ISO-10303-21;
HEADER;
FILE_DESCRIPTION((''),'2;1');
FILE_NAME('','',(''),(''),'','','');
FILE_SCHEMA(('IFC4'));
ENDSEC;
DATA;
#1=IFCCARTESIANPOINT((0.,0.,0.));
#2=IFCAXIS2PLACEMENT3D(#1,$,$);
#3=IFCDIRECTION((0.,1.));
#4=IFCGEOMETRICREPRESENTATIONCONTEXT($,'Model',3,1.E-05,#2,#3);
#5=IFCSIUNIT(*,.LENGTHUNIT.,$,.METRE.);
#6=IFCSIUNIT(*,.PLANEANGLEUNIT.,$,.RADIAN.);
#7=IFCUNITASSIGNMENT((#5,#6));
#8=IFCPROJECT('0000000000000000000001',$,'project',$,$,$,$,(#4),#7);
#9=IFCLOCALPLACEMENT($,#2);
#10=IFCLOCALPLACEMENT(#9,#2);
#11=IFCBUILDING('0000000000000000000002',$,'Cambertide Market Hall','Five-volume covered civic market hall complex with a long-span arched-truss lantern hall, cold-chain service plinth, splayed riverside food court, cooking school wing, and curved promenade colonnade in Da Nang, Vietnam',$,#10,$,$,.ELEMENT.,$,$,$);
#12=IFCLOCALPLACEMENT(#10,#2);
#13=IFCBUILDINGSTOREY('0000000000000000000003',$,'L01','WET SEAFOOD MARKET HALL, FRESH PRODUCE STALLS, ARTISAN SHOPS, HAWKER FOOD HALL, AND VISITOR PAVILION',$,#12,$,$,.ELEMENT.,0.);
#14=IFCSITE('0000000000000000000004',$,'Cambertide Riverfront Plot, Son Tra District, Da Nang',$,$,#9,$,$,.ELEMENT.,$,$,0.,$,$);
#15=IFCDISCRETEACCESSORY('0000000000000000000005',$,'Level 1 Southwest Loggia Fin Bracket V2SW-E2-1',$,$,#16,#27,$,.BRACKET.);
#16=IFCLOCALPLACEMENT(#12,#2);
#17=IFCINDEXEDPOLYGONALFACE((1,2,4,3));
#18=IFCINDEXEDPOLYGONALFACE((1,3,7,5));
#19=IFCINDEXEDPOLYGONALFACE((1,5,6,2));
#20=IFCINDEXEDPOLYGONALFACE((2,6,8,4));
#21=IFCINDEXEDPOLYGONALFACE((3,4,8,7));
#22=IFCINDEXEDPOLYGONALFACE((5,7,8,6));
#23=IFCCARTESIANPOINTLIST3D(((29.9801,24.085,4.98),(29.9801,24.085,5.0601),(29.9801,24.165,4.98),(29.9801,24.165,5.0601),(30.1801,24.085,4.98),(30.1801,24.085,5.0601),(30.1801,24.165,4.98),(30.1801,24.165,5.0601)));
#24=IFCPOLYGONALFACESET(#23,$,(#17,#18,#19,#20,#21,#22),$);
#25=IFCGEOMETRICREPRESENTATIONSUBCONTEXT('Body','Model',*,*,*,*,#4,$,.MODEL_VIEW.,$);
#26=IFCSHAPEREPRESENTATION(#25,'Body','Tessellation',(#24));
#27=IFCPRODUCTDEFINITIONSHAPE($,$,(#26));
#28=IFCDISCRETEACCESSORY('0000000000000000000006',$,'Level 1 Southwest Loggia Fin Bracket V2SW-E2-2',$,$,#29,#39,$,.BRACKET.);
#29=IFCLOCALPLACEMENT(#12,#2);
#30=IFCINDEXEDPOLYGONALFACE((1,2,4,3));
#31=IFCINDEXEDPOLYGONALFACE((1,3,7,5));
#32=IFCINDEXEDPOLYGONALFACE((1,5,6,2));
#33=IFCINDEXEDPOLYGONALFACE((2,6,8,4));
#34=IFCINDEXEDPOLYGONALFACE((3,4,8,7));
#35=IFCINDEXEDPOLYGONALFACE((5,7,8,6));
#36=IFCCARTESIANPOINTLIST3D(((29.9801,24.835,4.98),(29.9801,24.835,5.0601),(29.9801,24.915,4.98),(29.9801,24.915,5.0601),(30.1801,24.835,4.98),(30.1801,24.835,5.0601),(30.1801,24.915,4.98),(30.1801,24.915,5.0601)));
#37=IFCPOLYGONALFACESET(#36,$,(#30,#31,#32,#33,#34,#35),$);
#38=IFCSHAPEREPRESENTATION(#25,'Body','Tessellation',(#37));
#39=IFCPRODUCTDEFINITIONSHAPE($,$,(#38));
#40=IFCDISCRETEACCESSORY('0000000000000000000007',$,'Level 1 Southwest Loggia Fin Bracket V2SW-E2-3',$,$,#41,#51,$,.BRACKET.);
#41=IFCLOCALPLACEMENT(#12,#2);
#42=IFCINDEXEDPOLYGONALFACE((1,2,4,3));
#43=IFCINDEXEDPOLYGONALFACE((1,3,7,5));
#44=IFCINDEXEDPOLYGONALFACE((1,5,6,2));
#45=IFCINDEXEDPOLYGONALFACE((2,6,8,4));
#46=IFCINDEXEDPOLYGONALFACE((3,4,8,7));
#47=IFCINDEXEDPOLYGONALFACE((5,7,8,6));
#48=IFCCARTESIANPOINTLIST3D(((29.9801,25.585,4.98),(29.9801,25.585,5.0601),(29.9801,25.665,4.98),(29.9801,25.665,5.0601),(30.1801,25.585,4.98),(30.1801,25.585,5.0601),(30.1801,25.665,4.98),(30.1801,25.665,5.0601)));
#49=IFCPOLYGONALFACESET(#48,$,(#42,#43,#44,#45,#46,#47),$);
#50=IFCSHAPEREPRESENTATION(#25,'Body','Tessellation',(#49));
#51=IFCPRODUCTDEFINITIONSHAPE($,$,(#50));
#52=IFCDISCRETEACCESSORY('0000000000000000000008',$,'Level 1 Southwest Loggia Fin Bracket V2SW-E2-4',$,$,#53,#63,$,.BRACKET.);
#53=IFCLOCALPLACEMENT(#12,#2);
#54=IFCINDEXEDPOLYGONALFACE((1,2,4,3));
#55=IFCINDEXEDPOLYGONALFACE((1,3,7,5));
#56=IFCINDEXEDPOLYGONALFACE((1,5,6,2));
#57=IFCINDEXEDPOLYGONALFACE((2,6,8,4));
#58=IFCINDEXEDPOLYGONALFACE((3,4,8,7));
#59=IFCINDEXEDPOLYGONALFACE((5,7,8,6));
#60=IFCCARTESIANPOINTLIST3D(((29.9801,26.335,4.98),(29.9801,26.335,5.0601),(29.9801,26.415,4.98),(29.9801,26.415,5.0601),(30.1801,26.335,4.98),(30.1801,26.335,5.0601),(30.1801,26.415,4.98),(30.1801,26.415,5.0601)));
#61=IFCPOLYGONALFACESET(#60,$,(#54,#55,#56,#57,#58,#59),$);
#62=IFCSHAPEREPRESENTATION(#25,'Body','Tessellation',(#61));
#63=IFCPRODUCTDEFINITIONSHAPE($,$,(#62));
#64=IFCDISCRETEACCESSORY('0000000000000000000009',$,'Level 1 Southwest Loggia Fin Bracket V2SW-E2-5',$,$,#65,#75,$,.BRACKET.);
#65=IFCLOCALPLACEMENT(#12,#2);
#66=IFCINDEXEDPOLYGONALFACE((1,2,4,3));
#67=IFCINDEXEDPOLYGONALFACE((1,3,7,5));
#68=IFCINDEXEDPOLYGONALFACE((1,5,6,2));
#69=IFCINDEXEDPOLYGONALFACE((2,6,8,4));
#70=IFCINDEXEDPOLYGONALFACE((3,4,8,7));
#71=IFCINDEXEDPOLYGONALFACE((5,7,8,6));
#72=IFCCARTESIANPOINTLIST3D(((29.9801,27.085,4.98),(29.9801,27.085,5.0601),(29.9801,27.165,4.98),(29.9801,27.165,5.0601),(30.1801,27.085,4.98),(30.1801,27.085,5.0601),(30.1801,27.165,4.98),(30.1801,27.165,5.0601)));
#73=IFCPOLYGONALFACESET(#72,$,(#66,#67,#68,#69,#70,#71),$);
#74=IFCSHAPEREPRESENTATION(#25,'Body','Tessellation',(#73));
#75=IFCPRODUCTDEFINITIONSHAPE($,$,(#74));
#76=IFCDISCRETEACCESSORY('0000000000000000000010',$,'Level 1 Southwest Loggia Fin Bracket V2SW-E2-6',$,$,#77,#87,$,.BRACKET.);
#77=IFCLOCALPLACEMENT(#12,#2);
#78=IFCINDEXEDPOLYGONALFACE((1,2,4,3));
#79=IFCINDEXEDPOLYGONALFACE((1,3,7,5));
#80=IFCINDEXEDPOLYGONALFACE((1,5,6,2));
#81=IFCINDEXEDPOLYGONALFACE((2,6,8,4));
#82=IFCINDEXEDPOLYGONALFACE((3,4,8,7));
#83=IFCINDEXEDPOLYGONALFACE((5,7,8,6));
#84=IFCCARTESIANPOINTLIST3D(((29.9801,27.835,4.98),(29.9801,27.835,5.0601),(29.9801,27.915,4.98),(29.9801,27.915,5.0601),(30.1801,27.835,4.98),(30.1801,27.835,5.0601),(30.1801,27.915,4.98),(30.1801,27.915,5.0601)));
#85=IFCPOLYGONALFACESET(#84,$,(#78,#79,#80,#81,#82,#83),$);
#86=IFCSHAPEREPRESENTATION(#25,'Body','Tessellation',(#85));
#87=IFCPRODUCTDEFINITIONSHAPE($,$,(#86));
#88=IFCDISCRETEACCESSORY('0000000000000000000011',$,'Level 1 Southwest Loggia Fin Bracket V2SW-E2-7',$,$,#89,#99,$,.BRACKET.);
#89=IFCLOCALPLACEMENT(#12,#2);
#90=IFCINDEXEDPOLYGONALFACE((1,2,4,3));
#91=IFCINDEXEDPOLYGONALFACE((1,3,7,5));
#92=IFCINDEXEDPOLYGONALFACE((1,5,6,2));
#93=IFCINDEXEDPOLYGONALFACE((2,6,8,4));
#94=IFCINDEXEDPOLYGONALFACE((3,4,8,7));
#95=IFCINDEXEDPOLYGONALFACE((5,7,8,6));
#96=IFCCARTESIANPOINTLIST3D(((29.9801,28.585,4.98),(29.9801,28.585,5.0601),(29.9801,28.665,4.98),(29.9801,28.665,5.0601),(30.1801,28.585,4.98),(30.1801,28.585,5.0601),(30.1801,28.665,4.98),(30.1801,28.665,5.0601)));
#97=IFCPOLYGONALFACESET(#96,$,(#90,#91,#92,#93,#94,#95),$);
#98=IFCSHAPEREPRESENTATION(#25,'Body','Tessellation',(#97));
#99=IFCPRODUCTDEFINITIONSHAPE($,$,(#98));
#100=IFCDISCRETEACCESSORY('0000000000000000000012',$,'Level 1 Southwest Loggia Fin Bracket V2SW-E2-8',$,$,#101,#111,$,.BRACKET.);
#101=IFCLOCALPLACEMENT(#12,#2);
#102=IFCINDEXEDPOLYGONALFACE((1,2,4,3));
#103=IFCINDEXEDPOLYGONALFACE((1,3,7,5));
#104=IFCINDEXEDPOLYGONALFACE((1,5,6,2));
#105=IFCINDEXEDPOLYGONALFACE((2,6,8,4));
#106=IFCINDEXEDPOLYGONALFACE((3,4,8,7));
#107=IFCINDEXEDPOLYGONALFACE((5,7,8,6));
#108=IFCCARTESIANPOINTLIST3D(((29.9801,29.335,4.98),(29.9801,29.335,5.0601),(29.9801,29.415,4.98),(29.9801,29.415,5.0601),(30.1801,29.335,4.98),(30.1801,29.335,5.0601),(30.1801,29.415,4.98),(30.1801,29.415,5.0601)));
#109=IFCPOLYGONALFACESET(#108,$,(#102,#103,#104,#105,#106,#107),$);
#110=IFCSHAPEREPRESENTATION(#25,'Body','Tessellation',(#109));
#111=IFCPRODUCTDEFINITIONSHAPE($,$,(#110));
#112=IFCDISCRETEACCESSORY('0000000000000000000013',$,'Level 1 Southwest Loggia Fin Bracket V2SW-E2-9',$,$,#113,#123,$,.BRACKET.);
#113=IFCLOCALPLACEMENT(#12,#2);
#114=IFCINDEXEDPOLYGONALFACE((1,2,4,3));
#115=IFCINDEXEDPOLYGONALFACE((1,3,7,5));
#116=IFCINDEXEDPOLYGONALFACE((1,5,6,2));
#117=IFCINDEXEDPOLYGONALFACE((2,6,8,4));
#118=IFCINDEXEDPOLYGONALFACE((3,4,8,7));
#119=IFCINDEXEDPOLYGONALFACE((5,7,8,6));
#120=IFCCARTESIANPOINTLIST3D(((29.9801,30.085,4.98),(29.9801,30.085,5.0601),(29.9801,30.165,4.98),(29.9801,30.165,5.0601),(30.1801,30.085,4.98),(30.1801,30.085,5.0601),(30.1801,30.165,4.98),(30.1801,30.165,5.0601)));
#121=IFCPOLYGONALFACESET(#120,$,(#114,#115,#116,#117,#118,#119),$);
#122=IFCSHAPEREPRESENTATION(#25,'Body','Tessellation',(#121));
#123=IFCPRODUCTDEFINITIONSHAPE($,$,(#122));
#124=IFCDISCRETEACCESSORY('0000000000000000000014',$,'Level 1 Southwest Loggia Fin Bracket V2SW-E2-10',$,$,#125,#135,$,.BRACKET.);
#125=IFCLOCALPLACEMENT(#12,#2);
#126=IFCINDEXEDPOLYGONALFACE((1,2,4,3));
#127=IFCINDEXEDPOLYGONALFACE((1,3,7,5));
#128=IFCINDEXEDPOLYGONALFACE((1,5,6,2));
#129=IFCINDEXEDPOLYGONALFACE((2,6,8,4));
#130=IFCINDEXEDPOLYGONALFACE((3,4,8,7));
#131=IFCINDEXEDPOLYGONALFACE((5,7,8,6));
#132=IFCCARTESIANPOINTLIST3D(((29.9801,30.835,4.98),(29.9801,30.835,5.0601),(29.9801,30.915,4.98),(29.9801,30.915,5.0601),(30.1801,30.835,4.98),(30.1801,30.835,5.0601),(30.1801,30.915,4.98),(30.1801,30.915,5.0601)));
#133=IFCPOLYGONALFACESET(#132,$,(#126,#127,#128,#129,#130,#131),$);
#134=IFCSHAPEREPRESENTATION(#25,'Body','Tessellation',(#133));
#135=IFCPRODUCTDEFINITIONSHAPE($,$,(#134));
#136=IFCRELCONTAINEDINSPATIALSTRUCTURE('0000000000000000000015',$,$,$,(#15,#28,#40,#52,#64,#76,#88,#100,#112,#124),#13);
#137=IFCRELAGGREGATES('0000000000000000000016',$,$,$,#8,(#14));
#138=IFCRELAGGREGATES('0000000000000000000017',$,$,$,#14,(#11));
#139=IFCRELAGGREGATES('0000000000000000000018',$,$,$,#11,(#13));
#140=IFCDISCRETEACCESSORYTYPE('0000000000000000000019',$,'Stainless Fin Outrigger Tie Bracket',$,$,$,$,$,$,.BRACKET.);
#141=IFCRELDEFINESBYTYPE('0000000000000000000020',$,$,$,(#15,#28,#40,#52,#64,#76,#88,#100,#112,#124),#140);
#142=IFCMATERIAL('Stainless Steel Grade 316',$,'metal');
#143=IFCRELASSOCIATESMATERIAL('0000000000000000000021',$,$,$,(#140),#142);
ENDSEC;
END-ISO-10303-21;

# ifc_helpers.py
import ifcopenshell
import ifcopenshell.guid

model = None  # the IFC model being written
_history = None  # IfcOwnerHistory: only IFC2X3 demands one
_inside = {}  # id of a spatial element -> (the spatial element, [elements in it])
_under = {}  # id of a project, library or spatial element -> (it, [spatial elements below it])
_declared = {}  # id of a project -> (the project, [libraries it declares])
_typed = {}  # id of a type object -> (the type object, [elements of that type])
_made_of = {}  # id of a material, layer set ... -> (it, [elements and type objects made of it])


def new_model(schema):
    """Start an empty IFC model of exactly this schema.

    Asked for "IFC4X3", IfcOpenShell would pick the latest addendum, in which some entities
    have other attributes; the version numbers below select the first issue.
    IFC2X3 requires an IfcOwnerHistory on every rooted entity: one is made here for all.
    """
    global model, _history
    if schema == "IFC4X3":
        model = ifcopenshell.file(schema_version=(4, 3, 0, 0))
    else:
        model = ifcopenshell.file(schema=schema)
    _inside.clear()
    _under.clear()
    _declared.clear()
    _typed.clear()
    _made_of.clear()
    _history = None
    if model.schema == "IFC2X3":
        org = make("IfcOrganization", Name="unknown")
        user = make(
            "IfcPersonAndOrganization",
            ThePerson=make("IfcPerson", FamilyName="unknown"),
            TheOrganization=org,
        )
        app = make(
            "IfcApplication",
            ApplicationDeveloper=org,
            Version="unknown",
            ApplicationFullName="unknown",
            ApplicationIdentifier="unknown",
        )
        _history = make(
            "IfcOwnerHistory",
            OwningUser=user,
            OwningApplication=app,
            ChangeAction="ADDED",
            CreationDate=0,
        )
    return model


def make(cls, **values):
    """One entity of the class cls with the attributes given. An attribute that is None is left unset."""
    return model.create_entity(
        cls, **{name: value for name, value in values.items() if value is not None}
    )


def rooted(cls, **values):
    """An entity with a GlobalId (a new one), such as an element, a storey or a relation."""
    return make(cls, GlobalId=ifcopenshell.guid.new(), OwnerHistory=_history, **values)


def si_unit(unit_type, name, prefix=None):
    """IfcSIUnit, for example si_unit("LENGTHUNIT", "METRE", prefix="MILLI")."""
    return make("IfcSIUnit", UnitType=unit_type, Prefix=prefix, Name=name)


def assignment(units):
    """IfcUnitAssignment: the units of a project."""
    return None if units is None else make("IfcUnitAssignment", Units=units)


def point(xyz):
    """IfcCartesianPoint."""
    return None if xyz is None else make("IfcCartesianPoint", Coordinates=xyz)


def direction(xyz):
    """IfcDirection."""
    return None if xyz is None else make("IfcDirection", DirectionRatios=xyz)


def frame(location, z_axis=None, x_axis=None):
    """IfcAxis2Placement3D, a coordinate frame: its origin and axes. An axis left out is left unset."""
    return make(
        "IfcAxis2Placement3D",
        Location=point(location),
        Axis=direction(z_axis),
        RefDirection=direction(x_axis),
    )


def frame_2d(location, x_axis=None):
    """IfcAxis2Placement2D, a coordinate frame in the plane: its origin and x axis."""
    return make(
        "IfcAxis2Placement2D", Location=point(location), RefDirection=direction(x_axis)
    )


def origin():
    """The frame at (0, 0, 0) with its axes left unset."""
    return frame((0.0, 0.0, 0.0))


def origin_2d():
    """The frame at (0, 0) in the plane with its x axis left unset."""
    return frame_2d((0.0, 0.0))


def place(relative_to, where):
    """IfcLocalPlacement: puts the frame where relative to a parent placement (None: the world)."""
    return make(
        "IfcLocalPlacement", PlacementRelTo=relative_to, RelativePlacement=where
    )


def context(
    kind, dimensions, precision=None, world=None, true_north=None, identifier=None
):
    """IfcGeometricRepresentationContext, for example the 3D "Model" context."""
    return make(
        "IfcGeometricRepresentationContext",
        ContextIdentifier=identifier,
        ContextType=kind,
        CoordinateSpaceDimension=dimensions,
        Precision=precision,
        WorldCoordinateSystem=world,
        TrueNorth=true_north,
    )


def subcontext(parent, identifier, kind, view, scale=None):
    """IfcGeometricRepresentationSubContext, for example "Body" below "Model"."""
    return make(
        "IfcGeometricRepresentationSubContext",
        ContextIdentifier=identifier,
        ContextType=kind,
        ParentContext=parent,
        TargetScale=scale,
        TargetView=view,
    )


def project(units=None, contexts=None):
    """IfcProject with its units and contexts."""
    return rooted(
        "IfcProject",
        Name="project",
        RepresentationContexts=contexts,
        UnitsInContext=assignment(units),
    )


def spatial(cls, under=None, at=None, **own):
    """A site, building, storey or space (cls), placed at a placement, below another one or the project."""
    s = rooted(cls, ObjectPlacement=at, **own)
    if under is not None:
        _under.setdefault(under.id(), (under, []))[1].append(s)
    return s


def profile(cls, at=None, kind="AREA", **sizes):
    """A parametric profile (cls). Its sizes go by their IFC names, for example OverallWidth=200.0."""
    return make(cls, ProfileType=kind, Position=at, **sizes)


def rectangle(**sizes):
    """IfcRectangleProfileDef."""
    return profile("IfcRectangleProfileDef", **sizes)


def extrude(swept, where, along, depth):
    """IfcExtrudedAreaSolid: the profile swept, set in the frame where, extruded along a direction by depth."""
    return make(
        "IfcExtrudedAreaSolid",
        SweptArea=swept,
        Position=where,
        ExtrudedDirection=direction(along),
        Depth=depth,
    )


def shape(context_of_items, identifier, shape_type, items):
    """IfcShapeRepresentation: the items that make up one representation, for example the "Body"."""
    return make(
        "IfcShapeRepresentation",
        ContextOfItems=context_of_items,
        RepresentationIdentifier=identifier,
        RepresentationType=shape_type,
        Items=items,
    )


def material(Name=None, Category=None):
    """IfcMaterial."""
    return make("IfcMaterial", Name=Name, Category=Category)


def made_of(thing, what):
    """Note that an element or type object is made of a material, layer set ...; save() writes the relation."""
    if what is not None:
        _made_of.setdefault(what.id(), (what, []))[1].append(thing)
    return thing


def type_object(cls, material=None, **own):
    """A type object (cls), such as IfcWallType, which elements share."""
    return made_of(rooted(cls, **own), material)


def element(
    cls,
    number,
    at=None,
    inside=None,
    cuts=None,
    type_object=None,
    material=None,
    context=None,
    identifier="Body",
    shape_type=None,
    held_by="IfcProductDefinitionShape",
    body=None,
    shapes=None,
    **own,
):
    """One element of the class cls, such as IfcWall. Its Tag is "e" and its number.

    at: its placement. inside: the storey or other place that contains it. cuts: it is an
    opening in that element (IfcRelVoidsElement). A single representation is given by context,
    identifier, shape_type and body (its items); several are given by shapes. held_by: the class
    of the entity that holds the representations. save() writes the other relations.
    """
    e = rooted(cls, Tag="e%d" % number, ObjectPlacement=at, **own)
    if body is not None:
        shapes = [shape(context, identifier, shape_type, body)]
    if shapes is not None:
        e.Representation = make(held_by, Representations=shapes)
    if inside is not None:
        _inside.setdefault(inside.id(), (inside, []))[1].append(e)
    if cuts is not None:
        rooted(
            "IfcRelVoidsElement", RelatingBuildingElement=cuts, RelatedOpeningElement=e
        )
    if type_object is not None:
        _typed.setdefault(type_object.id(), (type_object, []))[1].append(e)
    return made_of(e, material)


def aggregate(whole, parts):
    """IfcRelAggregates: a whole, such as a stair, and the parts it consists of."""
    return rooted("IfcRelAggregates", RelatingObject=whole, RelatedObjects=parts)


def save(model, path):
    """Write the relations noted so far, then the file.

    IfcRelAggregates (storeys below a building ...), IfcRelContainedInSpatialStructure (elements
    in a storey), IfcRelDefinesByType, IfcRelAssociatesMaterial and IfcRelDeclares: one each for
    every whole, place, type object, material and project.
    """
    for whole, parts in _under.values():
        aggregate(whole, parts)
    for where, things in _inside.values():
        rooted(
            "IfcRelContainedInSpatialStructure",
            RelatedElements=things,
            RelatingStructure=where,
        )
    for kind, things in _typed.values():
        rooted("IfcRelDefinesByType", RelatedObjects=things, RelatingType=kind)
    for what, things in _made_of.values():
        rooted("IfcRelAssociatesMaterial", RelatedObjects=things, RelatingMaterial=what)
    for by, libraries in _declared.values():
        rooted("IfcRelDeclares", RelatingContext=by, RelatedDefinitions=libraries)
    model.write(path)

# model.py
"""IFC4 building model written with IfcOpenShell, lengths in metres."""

from ifc_helpers import new_model, si_unit, direction, frame, origin, origin_2d, place, context, subcontext, project, spatial, rectangle, extrude, material, type_object, element, save


model = new_model("IFC4")

# Units and contexts
model_context = context("Model", 3, precision=1e-05, world=origin(), true_north=direction((0.0, 1.0)))
body_context = subcontext(model_context, "Body", "Model", "MODEL_VIEW")
ifc_project = project(units=[si_unit("LENGTHUNIT", "METRE"), si_unit("PLANEANGLEUNIT", "RADIAN")], contexts=[model_context])

# Site, building, storey
site_placement = place(None, origin())
site = spatial("IfcSite", under=ifc_project, at=site_placement, Name="Cambertide Riverfront Plot, Son Tra District, Da Nang", CompositionType="ELEMENT", RefElevation=0.0)
building_placement = place(site_placement, origin())
building = spatial("IfcBuilding", under=site, at=building_placement, Name="Cambertide Market Hall", Description="Five-volume covered civic market hall complex with a long-span arched-truss lantern hall, cold-chain service plinth, splayed riverside food court, cooking school wing, and curved promenade colonnade in Da Nang, Vietnam", CompositionType="ELEMENT")
storey_placement = place(building_placement, origin())
storey = spatial("IfcBuildingStorey", under=building, at=storey_placement, Name="L01", Description="WET SEAFOOD MARKET HALL, FRESH PRODUCE STALLS, ARTISAN SHOPS, HAWKER FOOD HALL, AND VISITOR PAVILION", CompositionType="ELEMENT", Elevation=0.0)

# Discrete accessories
ifc_material_1 = material(Name="Stainless Steel Grade 316", Category="metal")
discrete_accessory_type = type_object("IfcDiscreteAccessoryType", Name="Stainless Fin Outrigger Tie Bracket", PredefinedType="BRACKET", material=ifc_material_1)
for number, where, z_axis, x_axis, name in (
    (1, (30.0801, 24.125, 4.98), (0.0, 0.0, 1.0), (0.0, -1.0, 0.0), "Level 1 Southwest Loggia Fin Bracket V2SW-E2-1"),
    (2, (30.0801, 24.875, 4.98), (0.0, 0.0, 1.0), (0.0, -1.0, 0.0), "Level 1 Southwest Loggia Fin Bracket V2SW-E2-2"),
    (3, (30.0801, 25.625, 4.98), (0.0, 0.0, 1.0), (0.0, -1.0, 0.0), "Level 1 Southwest Loggia Fin Bracket V2SW-E2-3"),
    (4, (30.0801, 26.375, 4.98), (0.0, 0.0, 1.0), (0.0, -1.0, 0.0), "Level 1 Southwest Loggia Fin Bracket V2SW-E2-4"),
    (5, (30.0801, 27.125, 4.98), (0.0, 0.0, 1.0), (0.0, -1.0, 0.0), "Level 1 Southwest Loggia Fin Bracket V2SW-E2-5"),
    (6, (30.0801, 27.875, 4.98), (0.0, 0.0, 1.0), (0.0, -1.0, 0.0), "Level 1 Southwest Loggia Fin Bracket V2SW-E2-6"),
    (7, (30.0801, 28.625, 4.98), (0.0, 0.0, 1.0), (0.0, -1.0, 0.0), "Level 1 Southwest Loggia Fin Bracket V2SW-E2-7"),
    (8, (30.0801, 29.375, 4.98), (0.0, 0.0, 1.0), (0.0, -1.0, 0.0), "Level 1 Southwest Loggia Fin Bracket V2SW-E2-8"),
    (9, (30.0801, 30.125, 4.98), (0.0, 0.0, 1.0), (0.0, -1.0, 0.0), "Level 1 Southwest Loggia Fin Bracket V2SW-E2-9"),
    (10, (30.0801, 30.875, 4.98), (0.0, 0.0, 1.0), (0.0, -1.0, 0.0), "Level 1 Southwest Loggia Fin Bracket V2SW-E2-10"),
):
    element("IfcDiscreteAccessory", number, at=place(storey_placement, frame(where, z_axis=z_axis, x_axis=x_axis)), inside=storey, type_object=discrete_accessory_type, Name=name, PredefinedType="BRACKET", context=body_context, shape_type="SweptSolid", body=[
        extrude(rectangle(XDim=0.0801, YDim=0.2, at=origin_2d()), origin(), (0.0, 0.0, 1.0), 0.0801),
    ])

save(model, "model.ifc")
